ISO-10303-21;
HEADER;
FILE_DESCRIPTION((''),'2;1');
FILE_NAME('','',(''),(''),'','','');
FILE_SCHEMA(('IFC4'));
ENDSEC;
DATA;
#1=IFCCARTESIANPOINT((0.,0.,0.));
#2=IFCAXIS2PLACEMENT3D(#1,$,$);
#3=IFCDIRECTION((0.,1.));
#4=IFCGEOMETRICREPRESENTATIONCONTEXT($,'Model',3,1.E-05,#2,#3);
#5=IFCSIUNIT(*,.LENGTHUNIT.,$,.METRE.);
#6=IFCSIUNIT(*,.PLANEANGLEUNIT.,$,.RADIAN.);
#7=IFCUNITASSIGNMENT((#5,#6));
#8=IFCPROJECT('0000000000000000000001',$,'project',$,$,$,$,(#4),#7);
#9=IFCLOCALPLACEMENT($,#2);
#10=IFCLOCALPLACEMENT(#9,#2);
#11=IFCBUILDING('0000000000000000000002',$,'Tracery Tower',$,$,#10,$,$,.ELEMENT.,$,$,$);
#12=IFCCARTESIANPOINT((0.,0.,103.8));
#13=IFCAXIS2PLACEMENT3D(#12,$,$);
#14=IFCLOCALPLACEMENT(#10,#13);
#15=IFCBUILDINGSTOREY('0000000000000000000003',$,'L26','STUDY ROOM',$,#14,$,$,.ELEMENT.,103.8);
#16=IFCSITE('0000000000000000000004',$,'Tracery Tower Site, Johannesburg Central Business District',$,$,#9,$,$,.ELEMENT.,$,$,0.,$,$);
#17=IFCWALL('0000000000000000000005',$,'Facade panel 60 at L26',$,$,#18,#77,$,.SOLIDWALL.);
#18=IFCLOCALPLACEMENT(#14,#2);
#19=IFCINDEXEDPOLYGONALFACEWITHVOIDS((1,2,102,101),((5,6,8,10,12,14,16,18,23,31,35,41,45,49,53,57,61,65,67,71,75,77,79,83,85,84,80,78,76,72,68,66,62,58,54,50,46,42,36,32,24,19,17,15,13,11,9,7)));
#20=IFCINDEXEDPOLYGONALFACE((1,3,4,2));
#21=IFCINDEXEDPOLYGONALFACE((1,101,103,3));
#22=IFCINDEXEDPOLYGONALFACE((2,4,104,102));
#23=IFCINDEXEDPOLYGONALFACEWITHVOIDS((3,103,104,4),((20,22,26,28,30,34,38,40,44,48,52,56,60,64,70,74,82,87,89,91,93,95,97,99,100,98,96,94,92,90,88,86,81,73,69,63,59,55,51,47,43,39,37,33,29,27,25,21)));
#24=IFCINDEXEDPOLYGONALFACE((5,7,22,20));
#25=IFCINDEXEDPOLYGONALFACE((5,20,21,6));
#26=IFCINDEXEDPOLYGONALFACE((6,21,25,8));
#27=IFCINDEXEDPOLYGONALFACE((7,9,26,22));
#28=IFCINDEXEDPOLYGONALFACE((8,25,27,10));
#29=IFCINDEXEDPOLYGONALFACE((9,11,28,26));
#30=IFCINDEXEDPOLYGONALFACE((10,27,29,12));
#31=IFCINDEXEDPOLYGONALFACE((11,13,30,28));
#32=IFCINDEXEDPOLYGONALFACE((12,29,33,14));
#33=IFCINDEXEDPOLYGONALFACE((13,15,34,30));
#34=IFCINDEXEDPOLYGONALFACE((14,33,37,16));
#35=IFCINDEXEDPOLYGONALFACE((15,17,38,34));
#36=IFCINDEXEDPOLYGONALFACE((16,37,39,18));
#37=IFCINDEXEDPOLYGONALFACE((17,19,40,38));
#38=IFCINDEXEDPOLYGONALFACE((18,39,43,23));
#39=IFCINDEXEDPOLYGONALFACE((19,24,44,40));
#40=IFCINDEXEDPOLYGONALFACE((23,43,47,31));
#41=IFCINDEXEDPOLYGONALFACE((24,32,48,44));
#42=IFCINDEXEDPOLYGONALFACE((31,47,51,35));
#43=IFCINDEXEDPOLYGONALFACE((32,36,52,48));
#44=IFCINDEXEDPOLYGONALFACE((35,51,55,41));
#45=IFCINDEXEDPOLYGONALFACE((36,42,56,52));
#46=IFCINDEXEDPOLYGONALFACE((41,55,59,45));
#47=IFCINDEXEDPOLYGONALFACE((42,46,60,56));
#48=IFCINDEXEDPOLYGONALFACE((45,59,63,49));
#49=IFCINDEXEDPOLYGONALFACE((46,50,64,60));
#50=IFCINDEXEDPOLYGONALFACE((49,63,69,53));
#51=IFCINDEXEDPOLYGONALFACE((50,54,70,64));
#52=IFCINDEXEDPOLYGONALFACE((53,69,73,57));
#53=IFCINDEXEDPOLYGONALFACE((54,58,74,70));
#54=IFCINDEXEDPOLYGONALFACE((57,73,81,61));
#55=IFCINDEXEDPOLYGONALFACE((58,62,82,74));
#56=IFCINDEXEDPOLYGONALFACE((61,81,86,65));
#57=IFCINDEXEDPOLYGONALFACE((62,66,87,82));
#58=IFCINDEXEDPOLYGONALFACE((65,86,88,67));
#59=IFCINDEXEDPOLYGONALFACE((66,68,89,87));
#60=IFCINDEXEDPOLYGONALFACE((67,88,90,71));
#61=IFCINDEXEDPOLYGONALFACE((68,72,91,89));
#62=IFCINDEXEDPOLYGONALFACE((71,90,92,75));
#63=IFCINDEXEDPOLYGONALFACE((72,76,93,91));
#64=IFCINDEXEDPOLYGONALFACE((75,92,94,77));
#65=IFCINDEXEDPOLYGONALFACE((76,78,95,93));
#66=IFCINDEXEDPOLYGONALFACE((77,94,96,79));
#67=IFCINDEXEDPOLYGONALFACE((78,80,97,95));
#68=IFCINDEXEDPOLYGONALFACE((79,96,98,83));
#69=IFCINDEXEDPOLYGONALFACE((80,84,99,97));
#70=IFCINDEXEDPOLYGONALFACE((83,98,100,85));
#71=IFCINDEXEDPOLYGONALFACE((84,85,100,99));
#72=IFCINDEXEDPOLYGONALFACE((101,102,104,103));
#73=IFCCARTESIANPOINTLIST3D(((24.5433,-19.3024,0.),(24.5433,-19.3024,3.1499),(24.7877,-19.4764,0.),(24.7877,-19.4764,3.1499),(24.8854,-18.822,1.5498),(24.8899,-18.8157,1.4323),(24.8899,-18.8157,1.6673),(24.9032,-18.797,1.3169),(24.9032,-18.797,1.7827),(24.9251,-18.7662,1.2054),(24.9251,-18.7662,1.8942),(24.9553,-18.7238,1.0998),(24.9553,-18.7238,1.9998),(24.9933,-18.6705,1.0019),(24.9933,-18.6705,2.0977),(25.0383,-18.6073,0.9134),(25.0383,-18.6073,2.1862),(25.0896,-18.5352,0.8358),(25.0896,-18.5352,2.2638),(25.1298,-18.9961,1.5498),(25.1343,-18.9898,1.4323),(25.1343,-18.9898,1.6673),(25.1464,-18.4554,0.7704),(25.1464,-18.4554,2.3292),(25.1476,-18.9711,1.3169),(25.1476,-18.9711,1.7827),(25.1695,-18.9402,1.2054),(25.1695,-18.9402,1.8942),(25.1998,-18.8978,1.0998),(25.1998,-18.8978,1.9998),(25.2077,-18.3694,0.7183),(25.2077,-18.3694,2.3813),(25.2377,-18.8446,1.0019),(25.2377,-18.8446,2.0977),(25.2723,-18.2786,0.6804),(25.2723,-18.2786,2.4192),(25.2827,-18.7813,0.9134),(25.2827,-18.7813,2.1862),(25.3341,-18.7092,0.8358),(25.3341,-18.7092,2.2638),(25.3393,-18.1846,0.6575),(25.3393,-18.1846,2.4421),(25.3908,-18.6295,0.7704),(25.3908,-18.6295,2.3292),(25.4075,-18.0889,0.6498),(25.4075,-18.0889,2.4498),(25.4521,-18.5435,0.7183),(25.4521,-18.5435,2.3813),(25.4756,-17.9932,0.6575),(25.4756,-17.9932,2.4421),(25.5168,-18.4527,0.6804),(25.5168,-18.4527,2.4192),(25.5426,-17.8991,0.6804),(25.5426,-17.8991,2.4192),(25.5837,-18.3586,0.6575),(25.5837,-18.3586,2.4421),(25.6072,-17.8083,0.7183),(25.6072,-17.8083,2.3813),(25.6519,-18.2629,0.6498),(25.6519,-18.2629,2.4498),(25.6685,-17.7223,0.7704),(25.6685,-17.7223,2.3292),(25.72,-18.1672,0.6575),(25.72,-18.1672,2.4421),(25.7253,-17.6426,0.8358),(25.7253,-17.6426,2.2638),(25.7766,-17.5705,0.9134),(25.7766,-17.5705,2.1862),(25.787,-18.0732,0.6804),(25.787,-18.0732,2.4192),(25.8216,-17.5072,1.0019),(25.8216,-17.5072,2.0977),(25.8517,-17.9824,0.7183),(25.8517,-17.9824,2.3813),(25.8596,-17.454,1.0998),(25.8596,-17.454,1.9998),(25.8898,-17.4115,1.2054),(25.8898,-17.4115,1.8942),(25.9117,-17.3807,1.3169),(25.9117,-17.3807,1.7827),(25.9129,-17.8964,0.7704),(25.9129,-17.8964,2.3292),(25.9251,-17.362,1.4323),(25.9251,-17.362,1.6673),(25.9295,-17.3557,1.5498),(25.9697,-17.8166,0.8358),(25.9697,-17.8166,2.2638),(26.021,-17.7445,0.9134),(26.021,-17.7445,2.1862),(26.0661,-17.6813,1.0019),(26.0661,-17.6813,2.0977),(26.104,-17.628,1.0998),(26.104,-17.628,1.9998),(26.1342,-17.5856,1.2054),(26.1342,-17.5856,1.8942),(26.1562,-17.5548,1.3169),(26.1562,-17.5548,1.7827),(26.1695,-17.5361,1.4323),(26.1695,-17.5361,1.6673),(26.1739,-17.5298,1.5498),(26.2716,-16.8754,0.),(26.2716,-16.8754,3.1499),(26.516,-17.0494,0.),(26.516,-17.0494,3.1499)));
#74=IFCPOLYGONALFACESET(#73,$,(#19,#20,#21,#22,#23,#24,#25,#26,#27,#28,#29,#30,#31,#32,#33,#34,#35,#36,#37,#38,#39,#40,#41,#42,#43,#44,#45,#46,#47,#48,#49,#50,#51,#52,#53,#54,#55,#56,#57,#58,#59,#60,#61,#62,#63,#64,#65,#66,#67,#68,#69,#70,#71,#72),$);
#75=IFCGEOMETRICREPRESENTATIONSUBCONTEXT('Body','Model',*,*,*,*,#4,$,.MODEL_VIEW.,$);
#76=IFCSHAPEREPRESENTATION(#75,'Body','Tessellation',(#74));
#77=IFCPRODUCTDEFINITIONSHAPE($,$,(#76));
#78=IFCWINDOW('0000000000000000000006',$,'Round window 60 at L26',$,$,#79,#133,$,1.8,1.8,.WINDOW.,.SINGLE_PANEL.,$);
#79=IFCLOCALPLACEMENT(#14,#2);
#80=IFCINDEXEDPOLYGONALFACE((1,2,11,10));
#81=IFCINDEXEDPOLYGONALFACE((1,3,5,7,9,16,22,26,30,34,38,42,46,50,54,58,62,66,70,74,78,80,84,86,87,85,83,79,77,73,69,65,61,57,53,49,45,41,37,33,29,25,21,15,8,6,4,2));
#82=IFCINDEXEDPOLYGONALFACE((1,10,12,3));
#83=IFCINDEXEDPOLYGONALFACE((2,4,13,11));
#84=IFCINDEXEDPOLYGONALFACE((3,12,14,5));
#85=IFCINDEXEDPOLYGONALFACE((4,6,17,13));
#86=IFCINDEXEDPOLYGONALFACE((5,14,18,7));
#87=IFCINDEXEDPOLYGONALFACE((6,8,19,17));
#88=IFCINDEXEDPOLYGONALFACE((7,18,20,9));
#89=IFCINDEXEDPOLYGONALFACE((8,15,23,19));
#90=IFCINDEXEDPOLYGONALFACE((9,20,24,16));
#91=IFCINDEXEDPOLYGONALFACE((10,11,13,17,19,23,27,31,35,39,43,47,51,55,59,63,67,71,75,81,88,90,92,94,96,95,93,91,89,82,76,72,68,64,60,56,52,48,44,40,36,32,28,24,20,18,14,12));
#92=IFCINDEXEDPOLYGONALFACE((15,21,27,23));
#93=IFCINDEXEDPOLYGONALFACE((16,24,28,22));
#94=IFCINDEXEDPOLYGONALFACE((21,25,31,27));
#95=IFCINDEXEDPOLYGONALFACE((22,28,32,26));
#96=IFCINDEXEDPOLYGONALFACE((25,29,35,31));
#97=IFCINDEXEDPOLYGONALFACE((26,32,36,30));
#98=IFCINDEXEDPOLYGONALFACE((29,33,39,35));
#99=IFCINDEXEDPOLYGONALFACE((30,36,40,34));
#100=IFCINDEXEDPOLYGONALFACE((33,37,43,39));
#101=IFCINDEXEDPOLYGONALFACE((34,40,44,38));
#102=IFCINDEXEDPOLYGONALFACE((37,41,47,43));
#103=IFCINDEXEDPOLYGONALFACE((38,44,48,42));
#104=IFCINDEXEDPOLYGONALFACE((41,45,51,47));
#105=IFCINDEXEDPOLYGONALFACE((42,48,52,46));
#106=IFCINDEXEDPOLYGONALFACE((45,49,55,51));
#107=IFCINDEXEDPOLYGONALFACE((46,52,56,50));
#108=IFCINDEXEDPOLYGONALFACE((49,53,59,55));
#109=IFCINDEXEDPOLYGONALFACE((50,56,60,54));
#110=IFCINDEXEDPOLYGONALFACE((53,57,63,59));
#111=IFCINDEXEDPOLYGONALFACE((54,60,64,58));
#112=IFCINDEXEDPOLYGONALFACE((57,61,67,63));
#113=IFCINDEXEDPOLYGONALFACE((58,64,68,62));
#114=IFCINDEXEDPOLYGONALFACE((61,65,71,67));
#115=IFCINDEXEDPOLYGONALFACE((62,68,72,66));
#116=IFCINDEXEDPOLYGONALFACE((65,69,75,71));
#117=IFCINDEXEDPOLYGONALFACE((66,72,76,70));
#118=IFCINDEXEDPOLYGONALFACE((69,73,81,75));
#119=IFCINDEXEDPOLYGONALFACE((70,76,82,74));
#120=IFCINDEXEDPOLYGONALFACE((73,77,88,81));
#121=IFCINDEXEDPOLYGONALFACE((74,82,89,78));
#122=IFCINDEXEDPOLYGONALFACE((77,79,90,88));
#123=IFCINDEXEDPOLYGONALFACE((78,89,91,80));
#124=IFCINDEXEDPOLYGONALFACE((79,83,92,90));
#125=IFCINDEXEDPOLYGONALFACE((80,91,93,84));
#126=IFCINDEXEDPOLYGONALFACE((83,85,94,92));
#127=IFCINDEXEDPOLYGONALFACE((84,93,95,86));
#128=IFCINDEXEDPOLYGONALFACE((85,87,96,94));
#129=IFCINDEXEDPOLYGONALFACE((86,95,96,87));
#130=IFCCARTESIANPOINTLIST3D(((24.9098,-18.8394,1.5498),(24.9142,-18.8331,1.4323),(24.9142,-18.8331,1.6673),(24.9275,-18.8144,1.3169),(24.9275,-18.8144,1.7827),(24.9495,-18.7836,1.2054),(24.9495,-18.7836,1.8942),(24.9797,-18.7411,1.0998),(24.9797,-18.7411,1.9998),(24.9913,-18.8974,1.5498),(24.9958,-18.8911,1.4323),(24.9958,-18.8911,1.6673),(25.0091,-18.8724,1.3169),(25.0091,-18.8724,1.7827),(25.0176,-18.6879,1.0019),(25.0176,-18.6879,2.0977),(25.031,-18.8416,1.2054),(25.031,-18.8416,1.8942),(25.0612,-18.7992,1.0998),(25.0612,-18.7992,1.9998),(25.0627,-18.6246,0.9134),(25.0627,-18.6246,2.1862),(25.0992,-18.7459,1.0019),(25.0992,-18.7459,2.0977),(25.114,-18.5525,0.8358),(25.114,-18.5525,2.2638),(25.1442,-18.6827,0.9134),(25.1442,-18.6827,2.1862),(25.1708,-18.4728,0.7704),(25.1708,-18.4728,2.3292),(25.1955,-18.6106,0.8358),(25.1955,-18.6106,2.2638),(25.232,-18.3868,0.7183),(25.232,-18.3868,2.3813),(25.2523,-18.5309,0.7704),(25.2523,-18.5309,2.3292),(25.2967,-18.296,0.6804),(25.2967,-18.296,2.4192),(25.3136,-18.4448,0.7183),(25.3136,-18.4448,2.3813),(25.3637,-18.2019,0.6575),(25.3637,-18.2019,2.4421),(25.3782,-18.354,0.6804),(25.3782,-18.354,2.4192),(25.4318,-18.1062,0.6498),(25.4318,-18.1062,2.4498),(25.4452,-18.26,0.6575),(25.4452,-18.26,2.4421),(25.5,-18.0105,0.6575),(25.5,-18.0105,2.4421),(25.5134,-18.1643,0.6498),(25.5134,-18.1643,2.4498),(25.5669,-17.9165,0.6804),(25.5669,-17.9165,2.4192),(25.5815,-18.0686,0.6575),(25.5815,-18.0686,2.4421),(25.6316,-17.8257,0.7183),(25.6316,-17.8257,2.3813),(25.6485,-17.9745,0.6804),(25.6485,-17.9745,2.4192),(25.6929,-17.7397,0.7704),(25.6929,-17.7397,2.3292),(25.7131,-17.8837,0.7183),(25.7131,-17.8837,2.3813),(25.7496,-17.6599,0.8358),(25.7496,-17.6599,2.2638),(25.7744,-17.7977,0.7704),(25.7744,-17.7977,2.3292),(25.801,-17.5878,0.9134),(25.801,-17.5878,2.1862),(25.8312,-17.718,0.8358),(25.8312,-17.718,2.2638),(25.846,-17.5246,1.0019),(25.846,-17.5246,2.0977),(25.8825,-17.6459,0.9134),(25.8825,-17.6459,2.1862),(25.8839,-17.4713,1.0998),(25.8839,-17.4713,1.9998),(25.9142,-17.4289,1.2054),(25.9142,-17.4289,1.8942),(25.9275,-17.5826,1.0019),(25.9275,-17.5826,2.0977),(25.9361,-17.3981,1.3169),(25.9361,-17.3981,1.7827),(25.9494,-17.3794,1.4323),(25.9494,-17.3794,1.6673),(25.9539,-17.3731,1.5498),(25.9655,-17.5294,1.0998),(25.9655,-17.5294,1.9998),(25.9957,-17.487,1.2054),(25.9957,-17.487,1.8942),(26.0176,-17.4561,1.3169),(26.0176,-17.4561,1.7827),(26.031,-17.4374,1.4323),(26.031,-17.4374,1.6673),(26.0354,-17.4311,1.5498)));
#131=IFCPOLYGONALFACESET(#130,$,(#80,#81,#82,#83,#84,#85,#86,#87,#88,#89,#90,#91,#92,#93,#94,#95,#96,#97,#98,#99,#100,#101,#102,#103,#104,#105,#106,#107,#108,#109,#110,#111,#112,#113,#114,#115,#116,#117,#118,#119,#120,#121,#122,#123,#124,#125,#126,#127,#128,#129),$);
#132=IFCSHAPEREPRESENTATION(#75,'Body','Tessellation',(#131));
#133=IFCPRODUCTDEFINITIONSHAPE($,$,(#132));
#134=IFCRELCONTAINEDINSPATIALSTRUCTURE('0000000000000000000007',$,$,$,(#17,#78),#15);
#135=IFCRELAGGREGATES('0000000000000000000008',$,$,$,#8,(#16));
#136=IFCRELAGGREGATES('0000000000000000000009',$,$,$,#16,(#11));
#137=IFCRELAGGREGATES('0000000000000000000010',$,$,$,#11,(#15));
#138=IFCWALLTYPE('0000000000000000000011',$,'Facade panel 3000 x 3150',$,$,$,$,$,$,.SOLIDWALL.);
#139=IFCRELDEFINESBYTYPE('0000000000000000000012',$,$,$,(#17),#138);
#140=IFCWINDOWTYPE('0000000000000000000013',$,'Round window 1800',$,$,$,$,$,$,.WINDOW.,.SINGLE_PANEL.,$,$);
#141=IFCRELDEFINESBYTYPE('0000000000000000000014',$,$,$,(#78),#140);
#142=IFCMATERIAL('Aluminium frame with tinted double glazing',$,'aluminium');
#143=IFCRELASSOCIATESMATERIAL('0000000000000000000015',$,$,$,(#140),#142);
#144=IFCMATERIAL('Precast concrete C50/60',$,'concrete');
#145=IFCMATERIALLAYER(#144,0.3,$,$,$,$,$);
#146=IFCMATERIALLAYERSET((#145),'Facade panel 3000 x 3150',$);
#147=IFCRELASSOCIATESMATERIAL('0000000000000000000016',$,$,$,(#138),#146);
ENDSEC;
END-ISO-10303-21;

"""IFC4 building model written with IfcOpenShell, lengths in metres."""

from ifc_helpers import new_model, si_unit, direction, frame, frame_2d, origin, origin_2d, place, context, subcontext, project, spatial, rectangle, circle, extrude, material, layer, layer_set, type_object, element, fill, save


model = new_model("IFC4")

# Units and contexts
model_context = context("Model", 3, precision=1e-05, world=origin(), true_north=direction((0.0, 1.0)))
body_context = subcontext(model_context, "Body", "Model", "MODEL_VIEW")
ifc_project = project(units=[si_unit("LENGTHUNIT", "METRE"), si_unit("PLANEANGLEUNIT", "RADIAN")], contexts=[model_context])

# Site, building, storey
site_placement = place(None, origin())
site = spatial("IfcSite", under=ifc_project, at=site_placement, Name="Tracery Tower Site, Johannesburg Central Business District", CompositionType="ELEMENT", RefElevation=0.0)
building_placement = place(site_placement, origin())
building = spatial("IfcBuilding", under=site, at=building_placement, Name="Tracery Tower", CompositionType="ELEMENT")
storey_placement = place(building_placement, frame((0.0, 0.0, 103.8)))
storey = spatial("IfcBuildingStorey", under=building, at=storey_placement, Name="L26", Description="STUDY ROOM", CompositionType="ELEMENT", Elevation=103.8)

# Wall, opening, window
ifc_material_1 = material(Name="Aluminium frame with tinted double glazing", Category="aluminium")
window_type = type_object("IfcWindowType", Name="Round window 1800", PartitioningType="SINGLE_PANEL", PredefinedType="WINDOW", material=ifc_material_1)
ifc_material_2 = material(Name="Precast concrete C50/60", Category="concrete")
ifc_layer_1 = layer(ifc_material_2, 0.3)
ifc_layer_set_1 = layer_set([ifc_layer_1], Name="Facade panel 3000 x 3150")
wall_type_1 = type_object("IfcWallType", Name="Facade panel 3000 x 3150", PredefinedType="SOLIDWALL", material=ifc_layer_set_1)
wall_1_placement = place(storey_placement, frame((24.6655, -19.3894, 0.0), z_axis=(0.0, 0.0, 1.0), x_axis=(0.580059, 0.814574, 0.0)))
wall_1 = element("IfcWall", 1, at=wall_1_placement, inside=storey, type_object=wall_type_1, Name="Facade panel 60 at L26", PredefinedType="SOLIDWALL", context=body_context, shape_type="SweptSolid", body=[
    extrude(rectangle(XDim=2.9795, YDim=0.3, at=frame_2d((1.4897, 0.0))), origin(), (0.0, 0.0, 1.0), 3.1499),
])
opening_1_placement = place(wall_1_placement, frame((1.4897, 0.0, 1.5498)))
opening_1 = element("IfcOpeningElement", 2, at=opening_1_placement, cuts=wall_1, PredefinedType="OPENING", context=body_context, shape_type="SweptSolid", body=[
    extrude(circle(Radius=0.9, at=origin_2d()), frame((0.0, 0.1599, 0.0), z_axis=(0.0, -1.0, 0.0), x_axis=(1.0, 0.0, 0.0)), (0.0, 0.0, 1.0), 0.3201),
])
window_1_placement = place(opening_1_placement, origin())
window_1 = element("IfcWindow", 3, at=window_1_placement, inside=storey, type_object=window_type, Name="Round window 60 at L26", OverallHeight=1.8, OverallWidth=1.8, PartitioningType="SINGLE_PANEL", PredefinedType="WINDOW", context=body_context, shape_type="SweptSolid", body=[
    extrude(circle(Radius=0.9, at=origin_2d()), frame((0.0, 0.1201, 0.0), z_axis=(0.0, -1.0, 0.0), x_axis=(1.0, 0.0, 0.0)), (0.0, 0.0, 1.0), 0.1001),
])
fill(opening_1, window_1)

save(model, "model.ifc")
